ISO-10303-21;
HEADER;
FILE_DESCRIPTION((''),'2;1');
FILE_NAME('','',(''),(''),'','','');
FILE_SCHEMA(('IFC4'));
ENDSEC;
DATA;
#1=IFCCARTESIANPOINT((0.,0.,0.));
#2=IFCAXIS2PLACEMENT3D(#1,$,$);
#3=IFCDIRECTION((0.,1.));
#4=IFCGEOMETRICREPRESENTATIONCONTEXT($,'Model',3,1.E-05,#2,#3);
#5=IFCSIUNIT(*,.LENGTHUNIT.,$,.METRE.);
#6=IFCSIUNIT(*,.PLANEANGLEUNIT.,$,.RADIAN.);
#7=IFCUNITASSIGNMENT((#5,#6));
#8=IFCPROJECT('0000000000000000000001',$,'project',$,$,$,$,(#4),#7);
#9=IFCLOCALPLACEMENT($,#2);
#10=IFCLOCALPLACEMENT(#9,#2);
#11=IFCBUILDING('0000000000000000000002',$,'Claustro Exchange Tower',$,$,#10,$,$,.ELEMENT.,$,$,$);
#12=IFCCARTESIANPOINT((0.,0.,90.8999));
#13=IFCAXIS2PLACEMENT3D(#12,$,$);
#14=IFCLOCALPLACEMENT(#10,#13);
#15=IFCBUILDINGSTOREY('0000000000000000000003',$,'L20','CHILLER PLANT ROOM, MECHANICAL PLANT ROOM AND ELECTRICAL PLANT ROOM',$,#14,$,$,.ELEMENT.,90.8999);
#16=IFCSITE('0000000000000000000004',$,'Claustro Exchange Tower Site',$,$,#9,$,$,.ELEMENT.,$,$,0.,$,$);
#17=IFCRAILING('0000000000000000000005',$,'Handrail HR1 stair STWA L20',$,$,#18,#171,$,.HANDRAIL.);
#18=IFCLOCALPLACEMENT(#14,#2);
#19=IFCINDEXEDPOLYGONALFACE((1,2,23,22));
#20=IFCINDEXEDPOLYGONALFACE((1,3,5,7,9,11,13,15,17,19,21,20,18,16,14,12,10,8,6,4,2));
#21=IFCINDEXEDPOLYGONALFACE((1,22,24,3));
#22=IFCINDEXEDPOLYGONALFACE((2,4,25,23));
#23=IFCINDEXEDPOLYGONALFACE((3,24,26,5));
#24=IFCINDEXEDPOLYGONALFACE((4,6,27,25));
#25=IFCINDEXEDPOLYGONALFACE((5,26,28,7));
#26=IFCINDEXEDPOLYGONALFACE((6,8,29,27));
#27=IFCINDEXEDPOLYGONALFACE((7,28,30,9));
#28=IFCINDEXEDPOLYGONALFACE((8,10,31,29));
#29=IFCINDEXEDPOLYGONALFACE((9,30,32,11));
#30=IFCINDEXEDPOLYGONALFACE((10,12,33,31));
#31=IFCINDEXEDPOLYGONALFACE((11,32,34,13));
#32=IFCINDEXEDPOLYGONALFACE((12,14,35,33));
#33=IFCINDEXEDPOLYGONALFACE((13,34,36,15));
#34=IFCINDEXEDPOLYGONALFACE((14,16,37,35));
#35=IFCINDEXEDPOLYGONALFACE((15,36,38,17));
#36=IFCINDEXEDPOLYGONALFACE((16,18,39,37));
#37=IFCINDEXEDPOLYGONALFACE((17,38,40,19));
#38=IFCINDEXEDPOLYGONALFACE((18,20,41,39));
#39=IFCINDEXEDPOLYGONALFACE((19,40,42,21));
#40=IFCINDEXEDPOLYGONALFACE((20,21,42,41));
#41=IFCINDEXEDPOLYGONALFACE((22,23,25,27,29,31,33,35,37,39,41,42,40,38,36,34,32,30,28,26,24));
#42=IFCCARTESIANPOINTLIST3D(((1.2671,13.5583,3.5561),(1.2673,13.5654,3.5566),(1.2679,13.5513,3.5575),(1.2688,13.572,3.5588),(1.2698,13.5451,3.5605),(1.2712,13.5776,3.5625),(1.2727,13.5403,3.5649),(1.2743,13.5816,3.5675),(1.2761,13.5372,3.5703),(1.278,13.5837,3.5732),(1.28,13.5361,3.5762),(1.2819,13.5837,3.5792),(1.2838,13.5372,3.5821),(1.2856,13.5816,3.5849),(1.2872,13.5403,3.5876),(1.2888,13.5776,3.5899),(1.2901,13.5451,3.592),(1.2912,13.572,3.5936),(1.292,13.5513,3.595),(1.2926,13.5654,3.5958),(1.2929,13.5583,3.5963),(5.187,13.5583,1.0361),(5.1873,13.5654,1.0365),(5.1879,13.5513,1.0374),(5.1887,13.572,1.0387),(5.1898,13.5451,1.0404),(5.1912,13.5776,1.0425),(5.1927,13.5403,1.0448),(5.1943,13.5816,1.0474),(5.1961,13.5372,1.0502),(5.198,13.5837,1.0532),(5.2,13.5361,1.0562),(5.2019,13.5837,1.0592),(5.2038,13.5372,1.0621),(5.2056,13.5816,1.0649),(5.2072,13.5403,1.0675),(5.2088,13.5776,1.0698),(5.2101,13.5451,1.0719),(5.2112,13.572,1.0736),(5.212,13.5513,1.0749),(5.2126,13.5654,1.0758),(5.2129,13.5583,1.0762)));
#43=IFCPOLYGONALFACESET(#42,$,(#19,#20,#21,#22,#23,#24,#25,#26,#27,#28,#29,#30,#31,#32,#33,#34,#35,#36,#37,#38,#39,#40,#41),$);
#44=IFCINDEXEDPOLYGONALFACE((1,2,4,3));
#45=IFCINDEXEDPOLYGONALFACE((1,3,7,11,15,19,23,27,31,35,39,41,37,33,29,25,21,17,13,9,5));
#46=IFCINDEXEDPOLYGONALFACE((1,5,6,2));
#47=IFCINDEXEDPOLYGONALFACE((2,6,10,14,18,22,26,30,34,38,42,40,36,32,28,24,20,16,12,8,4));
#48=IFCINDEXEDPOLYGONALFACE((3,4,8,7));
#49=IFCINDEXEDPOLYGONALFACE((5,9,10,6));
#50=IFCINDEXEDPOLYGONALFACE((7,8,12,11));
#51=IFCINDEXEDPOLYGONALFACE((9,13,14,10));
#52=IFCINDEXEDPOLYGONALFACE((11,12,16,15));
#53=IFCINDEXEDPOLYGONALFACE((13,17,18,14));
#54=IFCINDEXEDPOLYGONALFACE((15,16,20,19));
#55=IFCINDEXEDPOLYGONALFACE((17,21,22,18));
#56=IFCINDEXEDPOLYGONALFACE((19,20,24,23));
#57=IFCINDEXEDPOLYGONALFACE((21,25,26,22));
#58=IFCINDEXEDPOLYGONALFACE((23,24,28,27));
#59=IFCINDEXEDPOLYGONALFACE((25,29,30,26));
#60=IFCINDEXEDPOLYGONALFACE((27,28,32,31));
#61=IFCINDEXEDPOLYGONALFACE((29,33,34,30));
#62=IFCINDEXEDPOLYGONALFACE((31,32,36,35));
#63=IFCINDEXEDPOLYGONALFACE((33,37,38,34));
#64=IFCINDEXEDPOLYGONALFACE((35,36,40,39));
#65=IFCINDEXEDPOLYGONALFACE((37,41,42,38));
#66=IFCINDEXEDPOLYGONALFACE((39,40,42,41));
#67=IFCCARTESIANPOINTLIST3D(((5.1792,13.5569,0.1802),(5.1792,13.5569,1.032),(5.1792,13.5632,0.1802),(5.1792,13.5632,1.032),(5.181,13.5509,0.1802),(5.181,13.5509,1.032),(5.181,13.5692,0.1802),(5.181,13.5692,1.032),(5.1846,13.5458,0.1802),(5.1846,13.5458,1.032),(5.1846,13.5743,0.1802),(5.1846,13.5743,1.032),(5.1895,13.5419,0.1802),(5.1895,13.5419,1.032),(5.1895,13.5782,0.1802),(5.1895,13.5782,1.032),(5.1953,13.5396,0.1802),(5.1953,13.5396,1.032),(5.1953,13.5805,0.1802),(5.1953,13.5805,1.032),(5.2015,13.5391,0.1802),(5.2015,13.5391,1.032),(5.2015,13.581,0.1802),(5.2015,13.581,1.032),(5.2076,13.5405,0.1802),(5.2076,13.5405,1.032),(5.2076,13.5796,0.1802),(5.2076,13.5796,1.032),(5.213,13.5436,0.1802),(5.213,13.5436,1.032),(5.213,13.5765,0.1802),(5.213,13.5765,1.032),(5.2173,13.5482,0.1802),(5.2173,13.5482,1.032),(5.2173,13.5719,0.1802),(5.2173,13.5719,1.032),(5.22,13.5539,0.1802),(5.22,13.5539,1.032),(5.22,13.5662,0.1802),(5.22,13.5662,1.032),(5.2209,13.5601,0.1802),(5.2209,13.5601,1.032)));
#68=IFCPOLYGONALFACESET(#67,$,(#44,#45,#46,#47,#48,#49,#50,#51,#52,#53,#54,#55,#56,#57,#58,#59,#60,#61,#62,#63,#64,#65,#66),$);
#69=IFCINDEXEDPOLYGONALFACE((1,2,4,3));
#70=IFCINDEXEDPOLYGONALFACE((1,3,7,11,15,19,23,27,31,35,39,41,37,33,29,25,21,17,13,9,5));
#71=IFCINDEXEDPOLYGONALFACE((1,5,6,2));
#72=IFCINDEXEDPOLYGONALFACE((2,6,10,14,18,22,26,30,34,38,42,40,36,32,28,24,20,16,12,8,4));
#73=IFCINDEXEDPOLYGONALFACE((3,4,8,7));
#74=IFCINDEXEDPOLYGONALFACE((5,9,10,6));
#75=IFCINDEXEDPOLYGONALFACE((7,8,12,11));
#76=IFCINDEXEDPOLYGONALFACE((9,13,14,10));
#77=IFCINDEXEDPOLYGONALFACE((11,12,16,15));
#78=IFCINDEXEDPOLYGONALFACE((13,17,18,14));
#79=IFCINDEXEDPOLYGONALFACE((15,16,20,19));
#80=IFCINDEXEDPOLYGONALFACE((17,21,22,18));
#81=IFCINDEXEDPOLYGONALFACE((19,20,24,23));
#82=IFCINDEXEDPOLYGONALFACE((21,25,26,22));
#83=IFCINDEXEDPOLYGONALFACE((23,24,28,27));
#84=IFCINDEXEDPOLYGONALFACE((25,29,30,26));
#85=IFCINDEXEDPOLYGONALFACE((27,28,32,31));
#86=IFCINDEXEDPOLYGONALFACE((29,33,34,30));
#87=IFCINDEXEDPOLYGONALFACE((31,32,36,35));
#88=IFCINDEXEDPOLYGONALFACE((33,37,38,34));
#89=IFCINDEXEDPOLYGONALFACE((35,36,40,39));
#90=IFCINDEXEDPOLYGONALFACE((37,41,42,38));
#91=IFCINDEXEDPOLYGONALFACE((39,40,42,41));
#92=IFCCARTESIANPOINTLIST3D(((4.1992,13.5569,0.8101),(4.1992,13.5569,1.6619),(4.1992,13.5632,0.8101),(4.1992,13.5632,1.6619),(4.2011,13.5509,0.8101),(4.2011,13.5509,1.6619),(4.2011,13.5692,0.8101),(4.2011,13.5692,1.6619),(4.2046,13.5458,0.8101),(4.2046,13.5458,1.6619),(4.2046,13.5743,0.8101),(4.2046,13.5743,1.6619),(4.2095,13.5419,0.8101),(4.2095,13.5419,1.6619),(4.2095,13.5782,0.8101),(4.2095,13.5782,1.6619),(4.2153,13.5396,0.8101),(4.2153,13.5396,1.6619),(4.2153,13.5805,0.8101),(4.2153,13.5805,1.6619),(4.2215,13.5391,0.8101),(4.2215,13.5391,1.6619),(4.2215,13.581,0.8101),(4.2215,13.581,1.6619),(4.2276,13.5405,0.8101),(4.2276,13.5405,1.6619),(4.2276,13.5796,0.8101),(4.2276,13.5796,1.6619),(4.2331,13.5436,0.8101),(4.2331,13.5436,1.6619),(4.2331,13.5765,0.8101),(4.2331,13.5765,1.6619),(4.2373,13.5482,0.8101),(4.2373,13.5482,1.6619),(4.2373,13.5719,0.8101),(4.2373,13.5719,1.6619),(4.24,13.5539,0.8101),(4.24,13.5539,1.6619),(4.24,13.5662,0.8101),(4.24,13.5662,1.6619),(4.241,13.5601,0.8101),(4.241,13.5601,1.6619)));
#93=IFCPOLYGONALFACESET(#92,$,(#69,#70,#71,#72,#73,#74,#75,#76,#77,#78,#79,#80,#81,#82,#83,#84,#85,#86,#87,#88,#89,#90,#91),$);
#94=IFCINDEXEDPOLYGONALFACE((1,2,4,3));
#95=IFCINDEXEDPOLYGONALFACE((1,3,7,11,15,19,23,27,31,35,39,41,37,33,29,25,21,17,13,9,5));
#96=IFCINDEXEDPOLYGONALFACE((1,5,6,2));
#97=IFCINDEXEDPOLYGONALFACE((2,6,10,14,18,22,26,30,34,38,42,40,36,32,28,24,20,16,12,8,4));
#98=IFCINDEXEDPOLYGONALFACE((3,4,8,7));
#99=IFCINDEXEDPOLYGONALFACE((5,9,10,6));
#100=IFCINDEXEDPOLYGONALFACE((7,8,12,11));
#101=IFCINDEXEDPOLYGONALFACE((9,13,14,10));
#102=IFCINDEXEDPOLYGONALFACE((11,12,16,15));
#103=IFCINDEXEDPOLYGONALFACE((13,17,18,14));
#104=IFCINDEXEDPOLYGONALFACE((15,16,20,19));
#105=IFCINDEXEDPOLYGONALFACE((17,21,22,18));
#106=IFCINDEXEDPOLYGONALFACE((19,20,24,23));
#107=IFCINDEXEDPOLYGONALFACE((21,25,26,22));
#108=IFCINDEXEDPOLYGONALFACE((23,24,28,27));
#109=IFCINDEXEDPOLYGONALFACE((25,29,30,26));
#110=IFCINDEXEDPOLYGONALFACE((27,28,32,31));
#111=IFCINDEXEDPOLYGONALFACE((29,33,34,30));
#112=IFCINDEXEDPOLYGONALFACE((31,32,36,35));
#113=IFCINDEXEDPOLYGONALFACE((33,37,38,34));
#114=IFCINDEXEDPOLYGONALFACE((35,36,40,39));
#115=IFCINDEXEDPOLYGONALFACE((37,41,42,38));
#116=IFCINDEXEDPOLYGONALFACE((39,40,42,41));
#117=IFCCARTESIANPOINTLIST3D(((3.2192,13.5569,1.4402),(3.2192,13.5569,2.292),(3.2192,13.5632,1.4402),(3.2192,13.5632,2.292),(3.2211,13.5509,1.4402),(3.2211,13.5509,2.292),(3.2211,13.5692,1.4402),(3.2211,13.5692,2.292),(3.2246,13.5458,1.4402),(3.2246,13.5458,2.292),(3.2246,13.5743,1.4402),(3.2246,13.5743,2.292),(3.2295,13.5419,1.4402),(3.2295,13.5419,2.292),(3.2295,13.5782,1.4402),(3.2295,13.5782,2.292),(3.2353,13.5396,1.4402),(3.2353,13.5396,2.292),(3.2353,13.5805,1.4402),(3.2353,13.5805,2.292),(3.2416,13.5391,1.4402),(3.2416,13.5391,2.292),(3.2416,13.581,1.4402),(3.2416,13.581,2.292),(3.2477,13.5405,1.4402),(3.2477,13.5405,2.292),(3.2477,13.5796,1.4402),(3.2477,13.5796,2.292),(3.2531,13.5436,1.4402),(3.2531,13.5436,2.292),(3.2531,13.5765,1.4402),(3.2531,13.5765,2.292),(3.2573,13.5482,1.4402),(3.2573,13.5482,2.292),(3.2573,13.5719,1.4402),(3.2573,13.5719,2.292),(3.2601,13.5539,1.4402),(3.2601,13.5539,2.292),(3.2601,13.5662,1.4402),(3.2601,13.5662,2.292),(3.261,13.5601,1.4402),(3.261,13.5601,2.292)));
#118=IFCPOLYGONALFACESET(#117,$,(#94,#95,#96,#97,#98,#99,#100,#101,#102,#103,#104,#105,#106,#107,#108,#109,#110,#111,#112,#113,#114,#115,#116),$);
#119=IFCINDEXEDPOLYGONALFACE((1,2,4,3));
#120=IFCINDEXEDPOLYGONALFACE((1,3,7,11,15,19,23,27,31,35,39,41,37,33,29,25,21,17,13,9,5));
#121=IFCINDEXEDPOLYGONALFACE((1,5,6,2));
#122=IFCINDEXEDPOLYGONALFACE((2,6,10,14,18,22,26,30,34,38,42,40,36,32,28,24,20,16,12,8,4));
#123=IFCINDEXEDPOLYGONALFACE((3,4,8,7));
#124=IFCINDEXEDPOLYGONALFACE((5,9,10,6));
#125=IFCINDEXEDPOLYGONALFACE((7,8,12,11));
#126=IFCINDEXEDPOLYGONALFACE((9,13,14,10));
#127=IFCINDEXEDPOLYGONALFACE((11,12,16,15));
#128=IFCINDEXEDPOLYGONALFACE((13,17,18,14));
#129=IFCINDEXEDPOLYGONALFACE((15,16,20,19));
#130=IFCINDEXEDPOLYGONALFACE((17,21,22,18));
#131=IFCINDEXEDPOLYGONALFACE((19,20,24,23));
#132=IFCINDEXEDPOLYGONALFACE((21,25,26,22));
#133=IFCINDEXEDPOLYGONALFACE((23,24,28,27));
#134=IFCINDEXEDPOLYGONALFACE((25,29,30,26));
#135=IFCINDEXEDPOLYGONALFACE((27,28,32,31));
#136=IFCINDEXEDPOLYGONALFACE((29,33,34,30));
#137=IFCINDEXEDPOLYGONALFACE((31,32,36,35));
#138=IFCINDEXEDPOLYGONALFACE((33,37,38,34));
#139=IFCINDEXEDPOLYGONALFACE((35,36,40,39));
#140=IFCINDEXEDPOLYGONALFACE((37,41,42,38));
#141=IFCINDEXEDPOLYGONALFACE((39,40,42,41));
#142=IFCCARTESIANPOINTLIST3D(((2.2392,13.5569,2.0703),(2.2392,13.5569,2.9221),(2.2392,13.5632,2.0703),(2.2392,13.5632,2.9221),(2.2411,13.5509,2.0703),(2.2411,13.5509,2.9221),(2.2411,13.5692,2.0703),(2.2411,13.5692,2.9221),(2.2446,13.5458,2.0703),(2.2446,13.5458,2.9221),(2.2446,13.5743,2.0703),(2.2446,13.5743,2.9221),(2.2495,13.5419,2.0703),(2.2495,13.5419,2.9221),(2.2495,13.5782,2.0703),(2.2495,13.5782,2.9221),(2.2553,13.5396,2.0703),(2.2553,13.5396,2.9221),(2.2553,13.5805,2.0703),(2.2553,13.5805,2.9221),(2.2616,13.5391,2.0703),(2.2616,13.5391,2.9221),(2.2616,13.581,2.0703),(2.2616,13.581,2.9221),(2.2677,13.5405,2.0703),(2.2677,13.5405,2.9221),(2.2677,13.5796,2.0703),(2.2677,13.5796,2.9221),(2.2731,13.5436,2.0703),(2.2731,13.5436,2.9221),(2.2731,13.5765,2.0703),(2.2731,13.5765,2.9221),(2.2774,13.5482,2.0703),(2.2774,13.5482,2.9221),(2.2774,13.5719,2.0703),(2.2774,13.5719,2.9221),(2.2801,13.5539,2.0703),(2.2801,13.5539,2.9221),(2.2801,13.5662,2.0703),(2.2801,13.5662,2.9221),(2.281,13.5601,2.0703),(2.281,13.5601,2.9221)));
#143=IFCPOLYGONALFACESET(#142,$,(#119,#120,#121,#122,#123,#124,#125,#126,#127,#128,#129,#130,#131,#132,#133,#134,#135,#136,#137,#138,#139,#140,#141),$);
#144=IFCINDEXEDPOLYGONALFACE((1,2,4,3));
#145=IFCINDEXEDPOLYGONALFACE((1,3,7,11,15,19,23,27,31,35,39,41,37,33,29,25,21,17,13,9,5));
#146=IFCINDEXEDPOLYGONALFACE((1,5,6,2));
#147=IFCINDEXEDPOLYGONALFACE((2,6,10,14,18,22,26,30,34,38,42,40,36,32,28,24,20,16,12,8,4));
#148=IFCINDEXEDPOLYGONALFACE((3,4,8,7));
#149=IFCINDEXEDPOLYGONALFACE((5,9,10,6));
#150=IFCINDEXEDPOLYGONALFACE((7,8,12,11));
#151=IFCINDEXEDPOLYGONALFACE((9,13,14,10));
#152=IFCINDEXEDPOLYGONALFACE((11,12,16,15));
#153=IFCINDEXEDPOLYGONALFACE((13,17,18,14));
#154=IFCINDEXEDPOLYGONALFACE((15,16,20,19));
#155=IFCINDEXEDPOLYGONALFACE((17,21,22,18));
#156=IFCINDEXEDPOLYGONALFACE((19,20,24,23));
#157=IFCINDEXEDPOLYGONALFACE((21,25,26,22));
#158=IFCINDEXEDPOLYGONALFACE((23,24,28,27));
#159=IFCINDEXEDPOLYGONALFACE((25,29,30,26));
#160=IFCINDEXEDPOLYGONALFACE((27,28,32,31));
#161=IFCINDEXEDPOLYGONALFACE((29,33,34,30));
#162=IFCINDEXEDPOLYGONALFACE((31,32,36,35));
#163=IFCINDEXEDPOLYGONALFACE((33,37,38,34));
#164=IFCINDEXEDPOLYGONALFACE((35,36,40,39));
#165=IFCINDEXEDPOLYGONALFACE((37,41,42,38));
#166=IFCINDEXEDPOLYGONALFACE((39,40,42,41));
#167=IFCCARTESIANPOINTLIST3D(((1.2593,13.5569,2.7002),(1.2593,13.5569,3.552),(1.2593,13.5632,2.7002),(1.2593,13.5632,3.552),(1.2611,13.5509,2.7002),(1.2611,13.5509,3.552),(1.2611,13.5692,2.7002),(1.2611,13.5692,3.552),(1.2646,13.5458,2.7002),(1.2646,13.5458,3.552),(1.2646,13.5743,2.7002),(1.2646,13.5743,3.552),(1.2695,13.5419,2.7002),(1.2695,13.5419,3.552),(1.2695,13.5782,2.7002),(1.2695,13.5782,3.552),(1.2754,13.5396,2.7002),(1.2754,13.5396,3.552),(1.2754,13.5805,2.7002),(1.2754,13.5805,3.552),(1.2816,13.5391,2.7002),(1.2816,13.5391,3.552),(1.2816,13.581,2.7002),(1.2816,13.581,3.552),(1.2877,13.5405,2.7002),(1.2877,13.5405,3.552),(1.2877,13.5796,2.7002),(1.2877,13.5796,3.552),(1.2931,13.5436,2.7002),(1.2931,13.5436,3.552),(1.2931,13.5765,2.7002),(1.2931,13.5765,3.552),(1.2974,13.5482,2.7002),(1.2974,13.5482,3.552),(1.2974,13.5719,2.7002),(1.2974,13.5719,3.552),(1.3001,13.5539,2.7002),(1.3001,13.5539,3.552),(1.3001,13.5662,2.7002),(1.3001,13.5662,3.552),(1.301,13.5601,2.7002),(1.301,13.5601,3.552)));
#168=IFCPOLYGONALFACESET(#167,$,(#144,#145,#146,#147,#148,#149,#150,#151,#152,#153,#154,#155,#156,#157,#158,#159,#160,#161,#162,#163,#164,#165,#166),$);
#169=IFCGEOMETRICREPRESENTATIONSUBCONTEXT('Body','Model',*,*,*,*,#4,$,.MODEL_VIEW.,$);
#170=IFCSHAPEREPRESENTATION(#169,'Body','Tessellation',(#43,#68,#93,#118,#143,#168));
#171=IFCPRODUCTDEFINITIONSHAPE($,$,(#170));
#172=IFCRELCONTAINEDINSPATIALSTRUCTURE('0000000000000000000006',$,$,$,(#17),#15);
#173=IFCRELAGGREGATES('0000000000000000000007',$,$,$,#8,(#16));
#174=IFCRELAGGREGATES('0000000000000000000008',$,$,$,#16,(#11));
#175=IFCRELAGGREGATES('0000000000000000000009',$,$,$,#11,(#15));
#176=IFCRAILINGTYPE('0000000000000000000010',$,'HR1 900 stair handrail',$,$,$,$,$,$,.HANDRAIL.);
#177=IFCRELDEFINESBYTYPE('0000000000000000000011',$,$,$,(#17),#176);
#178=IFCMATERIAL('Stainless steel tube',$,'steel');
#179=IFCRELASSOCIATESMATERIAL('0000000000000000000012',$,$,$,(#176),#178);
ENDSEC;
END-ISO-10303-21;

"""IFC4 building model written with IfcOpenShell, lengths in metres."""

from ifc_helpers import new_model, si_unit, direction, frame, origin, origin_2d, place, context, subcontext, project, spatial, circle, extrude, material, type_object, element, save


model = new_model("IFC4")

# Units and contexts
model_context = context("Model", 3, precision=1e-05, world=origin(), true_north=direction((0.0, 1.0)))
body_context = subcontext(model_context, "Body", "Model", "MODEL_VIEW")
ifc_project = project(units=[si_unit("LENGTHUNIT", "METRE"), si_unit("PLANEANGLEUNIT", "RADIAN")], contexts=[model_context])

# Site, building, storey
site_placement = place(None, origin())
site = spatial("IfcSite", under=ifc_project, at=site_placement, Name="Claustro Exchange Tower Site", CompositionType="ELEMENT", RefElevation=0.0)
building_placement = place(site_placement, origin())
building = spatial("IfcBuilding", under=site, at=building_placement, Name="Claustro Exchange Tower", CompositionType="ELEMENT")
storey_placement = place(building_placement, frame((0.0, 0.0, 90.8999)))
storey = spatial("IfcBuildingStorey", under=building, at=storey_placement, Name="L20", Description="CHILLER PLANT ROOM, MECHANICAL PLANT ROOM AND ELECTRICAL PLANT ROOM", CompositionType="ELEMENT", Elevation=90.8999)

# Railing
ifc_material_1 = material(Name="Stainless steel tube", Category="steel")
railing_type_1 = type_object("IfcRailingType", Name="HR1 900 stair handrail", PredefinedType="HANDRAIL", material=ifc_material_1)
railing_1_placement = place(storey_placement, frame((5.2, 13.5601, 0.1802)))
element("IfcRailing", 1, at=railing_1_placement, inside=storey, type_object=railing_type_1, Name="Handrail HR1 stair STWA L20", PredefinedType="HANDRAIL", context=body_context, shape_type="SweptSolid", body=[
    extrude(circle(Radius=0.0239, at=origin_2d()), frame((0.0, 0.0, 0.876), z_axis=(-0.841172, 0.0, 0.540768), x_axis=(0.0, -1.0, 0.0)), (0.0, 0.0, 1.0), 4.6602),
    extrude(circle(Radius=0.021, at=origin_2d()), origin(), (0.0, 0.0, 1.0), 0.8518),
    extrude(circle(Radius=0.021, at=origin_2d()), frame((-0.98, 0.0, 0.6299)), (0.0, 0.0, 1.0), 0.8518),
    extrude(circle(Radius=0.021, at=origin_2d()), frame((-1.96, 0.0, 1.26)), (0.0, 0.0, 1.0), 0.8518),
    extrude(circle(Radius=0.021, at=origin_2d()), frame((-2.9399, 0.0, 1.8901)), (0.0, 0.0, 1.0), 0.8518),
    extrude(circle(Radius=0.021, at=origin_2d()), frame((-3.9199, 0.0, 2.52)), (0.0, 0.0, 1.0), 0.8518),
])

save(model, "model.ifc")
